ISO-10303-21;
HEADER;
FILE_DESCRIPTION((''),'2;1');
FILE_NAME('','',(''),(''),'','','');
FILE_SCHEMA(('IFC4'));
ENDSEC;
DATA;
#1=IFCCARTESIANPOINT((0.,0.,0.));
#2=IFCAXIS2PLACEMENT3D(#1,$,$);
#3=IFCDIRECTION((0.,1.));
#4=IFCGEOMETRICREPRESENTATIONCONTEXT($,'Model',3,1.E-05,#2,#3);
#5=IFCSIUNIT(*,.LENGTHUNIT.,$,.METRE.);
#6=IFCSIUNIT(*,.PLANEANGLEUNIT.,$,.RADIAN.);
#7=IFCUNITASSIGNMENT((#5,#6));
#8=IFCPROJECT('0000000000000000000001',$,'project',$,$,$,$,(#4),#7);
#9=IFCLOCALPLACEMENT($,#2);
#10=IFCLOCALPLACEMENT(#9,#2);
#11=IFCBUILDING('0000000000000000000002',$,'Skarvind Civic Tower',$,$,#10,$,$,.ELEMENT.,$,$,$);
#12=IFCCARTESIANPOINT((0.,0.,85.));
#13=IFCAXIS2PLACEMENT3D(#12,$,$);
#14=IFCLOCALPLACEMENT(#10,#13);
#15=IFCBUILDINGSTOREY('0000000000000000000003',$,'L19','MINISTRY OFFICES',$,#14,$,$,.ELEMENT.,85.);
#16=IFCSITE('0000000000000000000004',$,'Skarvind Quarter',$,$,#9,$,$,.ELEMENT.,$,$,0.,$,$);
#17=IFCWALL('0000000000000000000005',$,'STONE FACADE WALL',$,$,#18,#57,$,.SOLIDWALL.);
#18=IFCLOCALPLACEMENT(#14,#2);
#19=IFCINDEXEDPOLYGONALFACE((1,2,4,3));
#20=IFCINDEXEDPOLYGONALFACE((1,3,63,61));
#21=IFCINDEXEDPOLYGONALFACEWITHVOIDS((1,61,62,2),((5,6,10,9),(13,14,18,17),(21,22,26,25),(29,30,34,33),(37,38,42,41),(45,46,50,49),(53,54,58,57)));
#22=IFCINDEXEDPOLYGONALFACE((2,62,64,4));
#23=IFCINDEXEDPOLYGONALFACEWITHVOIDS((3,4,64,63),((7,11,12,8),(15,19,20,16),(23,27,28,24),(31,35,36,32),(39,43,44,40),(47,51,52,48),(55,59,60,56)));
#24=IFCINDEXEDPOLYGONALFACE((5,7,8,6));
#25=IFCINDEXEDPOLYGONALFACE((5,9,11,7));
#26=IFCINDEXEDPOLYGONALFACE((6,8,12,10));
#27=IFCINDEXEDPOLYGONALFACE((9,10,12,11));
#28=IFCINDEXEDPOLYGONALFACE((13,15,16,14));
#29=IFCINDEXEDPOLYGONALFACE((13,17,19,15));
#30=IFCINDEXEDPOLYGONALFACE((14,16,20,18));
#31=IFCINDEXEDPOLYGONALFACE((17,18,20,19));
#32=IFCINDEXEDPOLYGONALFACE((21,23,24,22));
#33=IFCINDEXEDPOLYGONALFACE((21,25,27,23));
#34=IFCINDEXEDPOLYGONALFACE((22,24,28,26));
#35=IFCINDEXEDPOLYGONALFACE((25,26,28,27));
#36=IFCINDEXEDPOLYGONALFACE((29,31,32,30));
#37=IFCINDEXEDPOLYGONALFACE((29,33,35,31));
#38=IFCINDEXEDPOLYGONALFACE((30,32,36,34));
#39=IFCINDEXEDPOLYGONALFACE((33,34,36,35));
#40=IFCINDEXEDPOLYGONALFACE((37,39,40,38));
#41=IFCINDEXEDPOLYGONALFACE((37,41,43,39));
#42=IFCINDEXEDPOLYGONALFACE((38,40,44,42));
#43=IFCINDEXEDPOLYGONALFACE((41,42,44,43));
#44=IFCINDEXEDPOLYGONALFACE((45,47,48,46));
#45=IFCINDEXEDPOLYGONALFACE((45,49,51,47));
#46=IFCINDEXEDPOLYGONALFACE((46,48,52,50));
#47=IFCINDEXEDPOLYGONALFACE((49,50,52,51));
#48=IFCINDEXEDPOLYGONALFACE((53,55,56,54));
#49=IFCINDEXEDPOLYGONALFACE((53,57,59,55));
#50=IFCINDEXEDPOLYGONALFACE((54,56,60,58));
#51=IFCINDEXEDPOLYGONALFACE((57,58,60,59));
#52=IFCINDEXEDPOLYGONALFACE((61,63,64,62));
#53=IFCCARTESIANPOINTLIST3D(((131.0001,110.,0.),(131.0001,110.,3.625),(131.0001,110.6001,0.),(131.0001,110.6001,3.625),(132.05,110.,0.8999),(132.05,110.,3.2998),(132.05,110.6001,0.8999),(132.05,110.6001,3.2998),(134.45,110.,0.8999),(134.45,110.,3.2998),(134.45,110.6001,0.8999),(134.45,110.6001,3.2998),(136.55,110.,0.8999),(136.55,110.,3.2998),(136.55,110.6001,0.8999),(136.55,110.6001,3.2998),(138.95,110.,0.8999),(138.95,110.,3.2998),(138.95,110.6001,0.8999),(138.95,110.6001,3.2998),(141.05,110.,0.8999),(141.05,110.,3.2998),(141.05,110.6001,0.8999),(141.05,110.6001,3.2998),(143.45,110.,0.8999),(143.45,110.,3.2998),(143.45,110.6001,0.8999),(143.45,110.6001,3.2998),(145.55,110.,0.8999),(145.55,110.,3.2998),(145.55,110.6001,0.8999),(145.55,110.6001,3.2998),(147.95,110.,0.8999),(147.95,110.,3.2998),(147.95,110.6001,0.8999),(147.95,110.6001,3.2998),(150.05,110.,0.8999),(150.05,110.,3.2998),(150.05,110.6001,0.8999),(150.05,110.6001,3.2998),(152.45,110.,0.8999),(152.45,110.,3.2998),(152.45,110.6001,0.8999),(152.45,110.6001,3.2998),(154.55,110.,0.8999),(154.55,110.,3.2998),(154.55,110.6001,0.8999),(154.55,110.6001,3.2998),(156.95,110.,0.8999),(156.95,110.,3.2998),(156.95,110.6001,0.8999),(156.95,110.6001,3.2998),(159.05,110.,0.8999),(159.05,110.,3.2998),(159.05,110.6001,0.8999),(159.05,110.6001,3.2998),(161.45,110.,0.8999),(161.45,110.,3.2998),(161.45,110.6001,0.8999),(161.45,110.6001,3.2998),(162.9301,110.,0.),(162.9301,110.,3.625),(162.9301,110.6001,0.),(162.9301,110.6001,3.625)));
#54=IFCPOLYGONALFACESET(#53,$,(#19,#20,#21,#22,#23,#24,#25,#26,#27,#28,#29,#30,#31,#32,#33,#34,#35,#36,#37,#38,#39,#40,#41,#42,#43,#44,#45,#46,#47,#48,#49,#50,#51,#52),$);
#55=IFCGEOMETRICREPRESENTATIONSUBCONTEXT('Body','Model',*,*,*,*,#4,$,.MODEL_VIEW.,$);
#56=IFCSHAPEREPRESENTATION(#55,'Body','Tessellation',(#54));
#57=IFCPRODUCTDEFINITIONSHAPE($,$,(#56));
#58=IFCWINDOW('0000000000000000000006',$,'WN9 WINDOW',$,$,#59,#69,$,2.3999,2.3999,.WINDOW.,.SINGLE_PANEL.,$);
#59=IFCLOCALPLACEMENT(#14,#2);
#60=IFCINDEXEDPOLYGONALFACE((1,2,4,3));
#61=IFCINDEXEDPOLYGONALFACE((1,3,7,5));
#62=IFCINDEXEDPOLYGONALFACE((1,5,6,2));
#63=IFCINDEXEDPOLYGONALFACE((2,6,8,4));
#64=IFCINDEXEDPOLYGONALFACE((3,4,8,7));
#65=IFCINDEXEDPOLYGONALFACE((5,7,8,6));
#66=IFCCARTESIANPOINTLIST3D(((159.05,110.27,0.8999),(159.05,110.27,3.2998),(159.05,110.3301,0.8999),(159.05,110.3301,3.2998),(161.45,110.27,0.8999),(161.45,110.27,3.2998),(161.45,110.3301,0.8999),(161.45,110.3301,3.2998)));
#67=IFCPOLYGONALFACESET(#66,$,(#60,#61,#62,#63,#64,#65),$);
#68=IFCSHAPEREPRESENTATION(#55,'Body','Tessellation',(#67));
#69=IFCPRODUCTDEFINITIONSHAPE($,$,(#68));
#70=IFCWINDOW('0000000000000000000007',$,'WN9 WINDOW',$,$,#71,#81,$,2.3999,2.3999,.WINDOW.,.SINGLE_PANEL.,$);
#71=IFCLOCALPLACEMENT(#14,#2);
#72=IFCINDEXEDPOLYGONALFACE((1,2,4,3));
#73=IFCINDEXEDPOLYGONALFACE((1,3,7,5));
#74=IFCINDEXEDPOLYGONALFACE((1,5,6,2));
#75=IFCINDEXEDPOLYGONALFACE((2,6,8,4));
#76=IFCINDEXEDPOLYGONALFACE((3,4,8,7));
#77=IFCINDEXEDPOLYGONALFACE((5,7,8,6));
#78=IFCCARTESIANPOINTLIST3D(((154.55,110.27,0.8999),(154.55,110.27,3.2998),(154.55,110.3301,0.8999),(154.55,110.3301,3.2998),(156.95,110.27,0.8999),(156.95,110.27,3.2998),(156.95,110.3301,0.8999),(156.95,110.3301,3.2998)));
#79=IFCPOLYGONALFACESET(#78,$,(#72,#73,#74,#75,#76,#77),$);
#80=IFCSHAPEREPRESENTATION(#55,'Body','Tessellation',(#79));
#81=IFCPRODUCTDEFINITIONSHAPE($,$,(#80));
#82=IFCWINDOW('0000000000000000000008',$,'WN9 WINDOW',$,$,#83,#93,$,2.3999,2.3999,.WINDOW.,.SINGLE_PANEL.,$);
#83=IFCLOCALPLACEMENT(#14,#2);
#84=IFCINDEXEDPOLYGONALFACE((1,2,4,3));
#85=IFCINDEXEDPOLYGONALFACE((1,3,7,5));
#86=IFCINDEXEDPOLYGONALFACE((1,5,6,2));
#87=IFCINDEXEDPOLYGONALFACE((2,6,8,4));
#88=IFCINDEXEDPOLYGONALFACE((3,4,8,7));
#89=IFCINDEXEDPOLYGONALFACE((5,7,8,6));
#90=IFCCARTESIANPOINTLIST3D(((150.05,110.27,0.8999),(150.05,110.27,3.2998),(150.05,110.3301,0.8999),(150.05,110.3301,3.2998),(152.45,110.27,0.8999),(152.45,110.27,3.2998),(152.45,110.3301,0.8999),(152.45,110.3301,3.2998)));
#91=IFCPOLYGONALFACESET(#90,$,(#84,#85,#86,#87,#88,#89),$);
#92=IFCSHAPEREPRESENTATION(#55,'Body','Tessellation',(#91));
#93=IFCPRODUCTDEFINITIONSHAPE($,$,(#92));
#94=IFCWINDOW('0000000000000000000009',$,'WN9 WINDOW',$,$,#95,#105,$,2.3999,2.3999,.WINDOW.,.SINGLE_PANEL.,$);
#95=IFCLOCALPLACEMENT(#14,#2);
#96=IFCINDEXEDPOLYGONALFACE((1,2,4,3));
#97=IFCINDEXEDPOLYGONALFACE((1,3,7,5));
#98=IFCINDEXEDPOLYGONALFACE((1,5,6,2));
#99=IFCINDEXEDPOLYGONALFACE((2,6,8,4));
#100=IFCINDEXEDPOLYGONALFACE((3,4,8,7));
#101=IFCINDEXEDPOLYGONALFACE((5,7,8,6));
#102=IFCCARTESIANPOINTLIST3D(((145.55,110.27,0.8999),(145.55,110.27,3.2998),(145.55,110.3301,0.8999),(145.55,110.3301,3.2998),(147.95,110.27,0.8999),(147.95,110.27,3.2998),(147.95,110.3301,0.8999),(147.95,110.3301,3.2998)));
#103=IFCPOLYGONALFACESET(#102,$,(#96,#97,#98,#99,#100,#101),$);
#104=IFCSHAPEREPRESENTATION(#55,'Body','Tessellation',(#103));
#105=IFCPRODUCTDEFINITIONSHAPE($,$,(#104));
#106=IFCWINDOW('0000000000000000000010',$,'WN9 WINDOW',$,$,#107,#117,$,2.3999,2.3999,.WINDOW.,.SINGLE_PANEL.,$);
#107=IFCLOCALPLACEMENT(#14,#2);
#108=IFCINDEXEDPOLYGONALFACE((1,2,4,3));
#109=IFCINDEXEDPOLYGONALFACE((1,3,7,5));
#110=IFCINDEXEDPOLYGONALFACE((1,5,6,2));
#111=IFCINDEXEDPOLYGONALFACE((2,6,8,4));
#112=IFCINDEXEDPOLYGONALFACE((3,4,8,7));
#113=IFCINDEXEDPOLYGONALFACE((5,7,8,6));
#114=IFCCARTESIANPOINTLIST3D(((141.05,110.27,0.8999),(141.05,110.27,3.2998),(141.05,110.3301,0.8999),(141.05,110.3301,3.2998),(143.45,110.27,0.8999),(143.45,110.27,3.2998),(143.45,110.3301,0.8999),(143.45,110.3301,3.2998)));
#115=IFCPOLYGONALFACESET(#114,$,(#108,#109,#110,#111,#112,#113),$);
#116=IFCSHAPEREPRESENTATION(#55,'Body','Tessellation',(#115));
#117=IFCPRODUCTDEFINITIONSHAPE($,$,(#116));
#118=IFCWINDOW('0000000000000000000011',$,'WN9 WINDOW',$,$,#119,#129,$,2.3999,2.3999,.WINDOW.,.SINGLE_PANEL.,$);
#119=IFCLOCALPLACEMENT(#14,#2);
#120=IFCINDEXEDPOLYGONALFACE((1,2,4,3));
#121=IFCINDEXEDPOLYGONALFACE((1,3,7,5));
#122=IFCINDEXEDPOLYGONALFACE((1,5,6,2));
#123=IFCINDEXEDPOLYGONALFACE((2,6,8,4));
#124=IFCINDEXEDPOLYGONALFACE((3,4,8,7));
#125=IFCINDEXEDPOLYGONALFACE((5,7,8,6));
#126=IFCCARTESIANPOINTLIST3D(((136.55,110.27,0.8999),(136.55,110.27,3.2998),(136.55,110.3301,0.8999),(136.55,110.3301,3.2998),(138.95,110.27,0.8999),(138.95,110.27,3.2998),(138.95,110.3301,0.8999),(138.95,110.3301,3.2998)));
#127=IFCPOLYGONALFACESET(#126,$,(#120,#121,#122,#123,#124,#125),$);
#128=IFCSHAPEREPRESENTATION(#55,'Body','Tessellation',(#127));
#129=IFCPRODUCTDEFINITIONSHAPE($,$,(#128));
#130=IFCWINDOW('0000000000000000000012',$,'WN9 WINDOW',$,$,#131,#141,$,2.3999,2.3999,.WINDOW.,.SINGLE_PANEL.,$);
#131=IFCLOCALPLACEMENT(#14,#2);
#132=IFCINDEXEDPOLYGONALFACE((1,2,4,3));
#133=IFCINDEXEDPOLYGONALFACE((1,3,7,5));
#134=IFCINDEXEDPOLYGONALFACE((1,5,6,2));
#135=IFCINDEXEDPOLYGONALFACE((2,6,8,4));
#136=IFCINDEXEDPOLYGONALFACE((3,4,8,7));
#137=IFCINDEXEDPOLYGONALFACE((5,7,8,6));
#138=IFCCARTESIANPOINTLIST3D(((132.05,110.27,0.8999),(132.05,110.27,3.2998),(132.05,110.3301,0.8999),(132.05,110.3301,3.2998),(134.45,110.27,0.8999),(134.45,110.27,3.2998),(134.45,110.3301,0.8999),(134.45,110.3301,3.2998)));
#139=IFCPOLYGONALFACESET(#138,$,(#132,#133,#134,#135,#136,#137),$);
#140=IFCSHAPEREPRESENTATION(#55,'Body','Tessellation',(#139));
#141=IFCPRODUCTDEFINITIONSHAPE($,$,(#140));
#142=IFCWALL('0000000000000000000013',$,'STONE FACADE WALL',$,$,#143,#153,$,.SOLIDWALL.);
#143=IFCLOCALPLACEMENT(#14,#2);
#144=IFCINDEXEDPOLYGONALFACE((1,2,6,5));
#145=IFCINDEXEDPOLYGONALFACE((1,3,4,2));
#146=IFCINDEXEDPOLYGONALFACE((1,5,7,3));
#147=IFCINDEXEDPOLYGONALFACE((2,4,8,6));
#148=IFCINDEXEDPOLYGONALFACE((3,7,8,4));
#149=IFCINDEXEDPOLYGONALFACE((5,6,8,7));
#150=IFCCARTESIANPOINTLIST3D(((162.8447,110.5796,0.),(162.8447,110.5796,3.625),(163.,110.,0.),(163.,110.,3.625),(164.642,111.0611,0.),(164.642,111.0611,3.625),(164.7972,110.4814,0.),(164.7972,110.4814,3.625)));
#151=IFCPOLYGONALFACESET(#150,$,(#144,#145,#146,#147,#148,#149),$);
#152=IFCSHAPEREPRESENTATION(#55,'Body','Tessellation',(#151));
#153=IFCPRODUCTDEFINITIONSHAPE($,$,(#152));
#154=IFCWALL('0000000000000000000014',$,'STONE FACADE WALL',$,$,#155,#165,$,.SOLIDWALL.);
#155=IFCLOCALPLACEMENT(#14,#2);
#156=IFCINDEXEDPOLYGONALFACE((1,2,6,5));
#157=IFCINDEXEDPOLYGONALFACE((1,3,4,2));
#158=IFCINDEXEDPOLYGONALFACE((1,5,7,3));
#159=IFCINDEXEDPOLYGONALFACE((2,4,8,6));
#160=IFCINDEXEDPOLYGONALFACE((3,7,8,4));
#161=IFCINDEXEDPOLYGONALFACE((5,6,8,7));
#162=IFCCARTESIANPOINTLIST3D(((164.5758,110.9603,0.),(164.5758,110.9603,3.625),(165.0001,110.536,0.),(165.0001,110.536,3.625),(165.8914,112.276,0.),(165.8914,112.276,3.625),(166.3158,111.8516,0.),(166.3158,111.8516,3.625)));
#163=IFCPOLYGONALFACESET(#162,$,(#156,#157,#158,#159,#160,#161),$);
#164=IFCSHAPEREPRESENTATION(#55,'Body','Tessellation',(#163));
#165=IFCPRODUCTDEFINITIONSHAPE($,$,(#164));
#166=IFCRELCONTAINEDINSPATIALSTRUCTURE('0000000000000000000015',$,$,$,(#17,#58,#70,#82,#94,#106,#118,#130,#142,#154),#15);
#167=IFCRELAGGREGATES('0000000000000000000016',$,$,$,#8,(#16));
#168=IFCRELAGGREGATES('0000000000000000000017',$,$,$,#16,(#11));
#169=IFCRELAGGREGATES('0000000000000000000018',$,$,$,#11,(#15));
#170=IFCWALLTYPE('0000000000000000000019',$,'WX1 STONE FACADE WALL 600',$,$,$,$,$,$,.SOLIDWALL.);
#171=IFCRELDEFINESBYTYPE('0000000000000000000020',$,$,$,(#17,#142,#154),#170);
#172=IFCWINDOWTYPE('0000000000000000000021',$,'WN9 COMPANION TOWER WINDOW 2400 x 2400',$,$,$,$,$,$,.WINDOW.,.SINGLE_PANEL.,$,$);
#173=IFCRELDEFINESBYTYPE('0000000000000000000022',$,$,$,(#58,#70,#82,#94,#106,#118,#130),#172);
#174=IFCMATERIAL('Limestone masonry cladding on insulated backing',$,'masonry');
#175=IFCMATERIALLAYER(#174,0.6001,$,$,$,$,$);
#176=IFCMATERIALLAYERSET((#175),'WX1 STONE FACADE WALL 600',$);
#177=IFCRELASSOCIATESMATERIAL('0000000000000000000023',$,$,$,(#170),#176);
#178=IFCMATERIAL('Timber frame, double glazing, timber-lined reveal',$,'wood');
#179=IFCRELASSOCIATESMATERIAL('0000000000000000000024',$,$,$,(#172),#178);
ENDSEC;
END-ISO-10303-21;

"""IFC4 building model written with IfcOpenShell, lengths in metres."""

from ifc_helpers import new_model, si_unit, direction, frame, frame_2d, origin, place, context, subcontext, project, spatial, rectangle, extrude, material, layer, layer_set, type_object, element, fill, save


model = new_model("IFC4")

# Units and contexts
model_context = context("Model", 3, precision=1e-05, world=origin(), true_north=direction((0.0, 1.0)))
body_context = subcontext(model_context, "Body", "Model", "MODEL_VIEW")
ifc_project = project(units=[si_unit("LENGTHUNIT", "METRE"), si_unit("PLANEANGLEUNIT", "RADIAN")], contexts=[model_context])

# Site, building, storey
site_placement = place(None, origin())
site = spatial("IfcSite", under=ifc_project, at=site_placement, Name="Skarvind Quarter", CompositionType="ELEMENT", RefElevation=0.0)
building_placement = place(site_placement, origin())
building = spatial("IfcBuilding", under=site, at=building_placement, Name="Skarvind Civic Tower", CompositionType="ELEMENT")
storey_placement = place(building_placement, frame((0.0, 0.0, 85.0)))
storey = spatial("IfcBuildingStorey", under=building, at=storey_placement, Name="L19", Description="MINISTRY OFFICES", CompositionType="ELEMENT", Elevation=85.0)

# Wall, openings, windows
ifc_material_1 = material(Name="Limestone masonry cladding on insulated backing", Category="masonry")
ifc_layer_1 = layer(ifc_material_1, 0.6001)
ifc_layer_set_1 = layer_set([ifc_layer_1], Name="WX1 STONE FACADE WALL 600")
wall_type_1 = type_object("IfcWallType", Name="WX1 STONE FACADE WALL 600", PredefinedType="SOLIDWALL", material=ifc_layer_set_1)
wall_1_placement = place(storey_placement, frame((162.9299, 110.3, 0.0), z_axis=(0.0, 0.0, 1.0), x_axis=(-1.0, 0.0, 0.0)))
wall_1 = element("IfcWall", 1, at=wall_1_placement, inside=storey, type_object=wall_type_1, Name="STONE FACADE WALL", PredefinedType="SOLIDWALL", context=body_context, shape_type="SweptSolid", body=[
    extrude(rectangle(XDim=31.9299, YDim=0.6001, at=frame_2d((15.9648, 0.0))), origin(), (0.0, 0.0, 1.0), 3.625),
])
opening_1_placement = place(wall_1_placement, frame((1.48, 0.0, 0.8999)))
opening_1 = element("IfcOpeningElement", 2, at=opening_1_placement, cuts=wall_1, PredefinedType="OPENING", context=body_context, shape_type="SweptSolid", body=[
    extrude(rectangle(XDim=2.3999, YDim=2.3999, at=frame_2d((1.2, 1.2))), frame((0.0, 0.3101, 0.0), z_axis=(0.0, -1.0, 0.0), x_axis=(1.0, 0.0, 0.0)), (0.0, 0.0, 1.0), 0.6201),
])
opening_2_placement = place(wall_1_placement, frame((5.98, 0.0, 0.8999)))
opening_2 = element("IfcOpeningElement", 3, at=opening_2_placement, cuts=wall_1, PredefinedType="OPENING", context=body_context, shape_type="SweptSolid", body=[
    extrude(rectangle(XDim=2.3999, YDim=2.3999, at=frame_2d((1.2, 1.2))), frame((0.0, 0.3101, 0.0), z_axis=(0.0, -1.0, 0.0), x_axis=(1.0, 0.0, 0.0)), (0.0, 0.0, 1.0), 0.6201),
])
opening_3_placement = place(wall_1_placement, frame((10.48, 0.0, 0.8999)))
opening_3 = element("IfcOpeningElement", 4, at=opening_3_placement, cuts=wall_1, PredefinedType="OPENING", context=body_context, shape_type="SweptSolid", body=[
    extrude(rectangle(XDim=2.3999, YDim=2.3999, at=frame_2d((1.2, 1.2))), frame((0.0, 0.3101, 0.0), z_axis=(0.0, -1.0, 0.0), x_axis=(1.0, 0.0, 0.0)), (0.0, 0.0, 1.0), 0.6201),
])
opening_4_placement = place(wall_1_placement, frame((14.98, 0.0, 0.8999)))
opening_4 = element("IfcOpeningElement", 5, at=opening_4_placement, cuts=wall_1, PredefinedType="OPENING", context=body_context, shape_type="SweptSolid", body=[
    extrude(rectangle(XDim=2.3999, YDim=2.3999, at=frame_2d((1.2, 1.2))), frame((0.0, 0.3101, 0.0), z_axis=(0.0, -1.0, 0.0), x_axis=(1.0, 0.0, 0.0)), (0.0, 0.0, 1.0), 0.6201),
])
opening_5_placement = place(wall_1_placement, frame((19.48, 0.0, 0.8999)))
opening_5 = element("IfcOpeningElement", 6, at=opening_5_placement, cuts=wall_1, PredefinedType="OPENING", context=body_context, shape_type="SweptSolid", body=[
    extrude(rectangle(XDim=2.3999, YDim=2.3999, at=frame_2d((1.2, 1.2))), frame((0.0, 0.3101, 0.0), z_axis=(0.0, -1.0, 0.0), x_axis=(1.0, 0.0, 0.0)), (0.0, 0.0, 1.0), 0.6201),
])
opening_6_placement = place(wall_1_placement, frame((23.98, 0.0, 0.8999)))
opening_6 = element("IfcOpeningElement", 7, at=opening_6_placement, cuts=wall_1, PredefinedType="OPENING", context=body_context, shape_type="SweptSolid", body=[
    extrude(rectangle(XDim=2.3999, YDim=2.3999, at=frame_2d((1.2, 1.2))), frame((0.0, 0.3101, 0.0), z_axis=(0.0, -1.0, 0.0), x_axis=(1.0, 0.0, 0.0)), (0.0, 0.0, 1.0), 0.6201),
])
opening_7_placement = place(wall_1_placement, frame((28.48, 0.0, 0.8999)))
opening_7 = element("IfcOpeningElement", 8, at=opening_7_placement, cuts=wall_1, PredefinedType="OPENING", context=body_context, shape_type="SweptSolid", body=[
    extrude(rectangle(XDim=2.3999, YDim=2.3999, at=frame_2d((1.2, 1.2))), frame((0.0, 0.3101, 0.0), z_axis=(0.0, -1.0, 0.0), x_axis=(1.0, 0.0, 0.0)), (0.0, 0.0, 1.0), 0.6201),
])
ifc_material_2 = material(Name="Timber frame, double glazing, timber-lined reveal", Category="wood")
window_type = type_object("IfcWindowType", Name="WN9 COMPANION TOWER WINDOW 2400 x 2400", PartitioningType="SINGLE_PANEL", PredefinedType="WINDOW", material=ifc_material_2)
window_1_placement = place(opening_1_placement, origin())
window_1 = element("IfcWindow", 9, at=window_1_placement, inside=storey, type_object=window_type, Name="WN9 WINDOW", OverallHeight=2.3999, OverallWidth=2.3999, PartitioningType="SINGLE_PANEL", PredefinedType="WINDOW", context=body_context, shape_type="SweptSolid", body=[
    extrude(rectangle(XDim=2.3999, YDim=2.3999, at=frame_2d((1.2, 1.2))), frame((0.0, 0.03, 0.0), z_axis=(0.0, -1.0, 0.0), x_axis=(1.0, 0.0, 0.0)), (0.0, 0.0, 1.0), 0.0601),
])
fill(opening_1, window_1)
window_2_placement = place(opening_2_placement, origin())
window_2 = element("IfcWindow", 10, at=window_2_placement, inside=storey, type_object=window_type, Name="WN9 WINDOW", OverallHeight=2.3999, OverallWidth=2.3999, PartitioningType="SINGLE_PANEL", PredefinedType="WINDOW", context=body_context, shape_type="SweptSolid", body=[
    extrude(rectangle(XDim=2.3999, YDim=2.3999, at=frame_2d((1.2, 1.2))), frame((0.0, 0.03, 0.0), z_axis=(0.0, -1.0, 0.0), x_axis=(1.0, 0.0, 0.0)), (0.0, 0.0, 1.0), 0.0601),
])
fill(opening_2, window_2)
window_3_placement = place(opening_3_placement, origin())
window_3 = element("IfcWindow", 11, at=window_3_placement, inside=storey, type_object=window_type, Name="WN9 WINDOW", OverallHeight=2.3999, OverallWidth=2.3999, PartitioningType="SINGLE_PANEL", PredefinedType="WINDOW", context=body_context, shape_type="SweptSolid", body=[
    extrude(rectangle(XDim=2.3999, YDim=2.3999, at=frame_2d((1.2, 1.2))), frame((0.0, 0.03, 0.0), z_axis=(0.0, -1.0, 0.0), x_axis=(1.0, 0.0, 0.0)), (0.0, 0.0, 1.0), 0.0601),
])
fill(opening_3, window_3)
window_4_placement = place(opening_4_placement, origin())
window_4 = element("IfcWindow", 12, at=window_4_placement, inside=storey, type_object=window_type, Name="WN9 WINDOW", OverallHeight=2.3999, OverallWidth=2.3999, PartitioningType="SINGLE_PANEL", PredefinedType="WINDOW", context=body_context, shape_type="SweptSolid", body=[
    extrude(rectangle(XDim=2.3999, YDim=2.3999, at=frame_2d((1.2, 1.2))), frame((0.0, 0.03, 0.0), z_axis=(0.0, -1.0, 0.0), x_axis=(1.0, 0.0, 0.0)), (0.0, 0.0, 1.0), 0.0601),
])
fill(opening_4, window_4)
window_5_placement = place(opening_5_placement, origin())
window_5 = element("IfcWindow", 13, at=window_5_placement, inside=storey, type_object=window_type, Name="WN9 WINDOW", OverallHeight=2.3999, OverallWidth=2.3999, PartitioningType="SINGLE_PANEL", PredefinedType="WINDOW", context=body_context, shape_type="SweptSolid", body=[
    extrude(rectangle(XDim=2.3999, YDim=2.3999, at=frame_2d((1.2, 1.2))), frame((0.0, 0.03, 0.0), z_axis=(0.0, -1.0, 0.0), x_axis=(1.0, 0.0, 0.0)), (0.0, 0.0, 1.0), 0.0601),
])
fill(opening_5, window_5)
window_6_placement = place(opening_6_placement, origin())
window_6 = element("IfcWindow", 14, at=window_6_placement, inside=storey, type_object=window_type, Name="WN9 WINDOW", OverallHeight=2.3999, OverallWidth=2.3999, PartitioningType="SINGLE_PANEL", PredefinedType="WINDOW", context=body_context, shape_type="SweptSolid", body=[
    extrude(rectangle(XDim=2.3999, YDim=2.3999, at=frame_2d((1.2, 1.2))), frame((0.0, 0.03, 0.0), z_axis=(0.0, -1.0, 0.0), x_axis=(1.0, 0.0, 0.0)), (0.0, 0.0, 1.0), 0.0601),
])
fill(opening_6, window_6)
window_7_placement = place(opening_7_placement, origin())
window_7 = element("IfcWindow", 15, at=window_7_placement, inside=storey, type_object=window_type, Name="WN9 WINDOW", OverallHeight=2.3999, OverallWidth=2.3999, PartitioningType="SINGLE_PANEL", PredefinedType="WINDOW", context=body_context, shape_type="SweptSolid", body=[
    extrude(rectangle(XDim=2.3999, YDim=2.3999, at=frame_2d((1.2, 1.2))), frame((0.0, 0.03, 0.0), z_axis=(0.0, -1.0, 0.0), x_axis=(1.0, 0.0, 0.0)), (0.0, 0.0, 1.0), 0.0601),
])
fill(opening_7, window_7)

# Walls
for number, where, z_axis, x_axis, name in (
    (16, (164.7195, 110.7712, 0.0), (0.0, 0.0, 1.0), (-0.965938, -0.258773, 0.0), "STONE FACADE WALL"),
    (17, (166.1035, 112.0637, 0.0), (0.0, 0.0, 1.0), (-0.707107, -0.707107, 0.0), "STONE FACADE WALL"),
):
    element("IfcWall", number, at=place(storey_placement, frame(where, z_axis=z_axis, x_axis=x_axis)), inside=storey, type_object=wall_type_1, Name=name, PredefinedType="SOLIDWALL", context=body_context, shape_type="SweptSolid", body=[
        extrude(rectangle(XDim=1.8606, YDim=0.6001, at=frame_2d((0.9302, 0.0))), origin(), (0.0, 0.0, 1.0), 3.625),
    ])

save(model, "model.ifc")
